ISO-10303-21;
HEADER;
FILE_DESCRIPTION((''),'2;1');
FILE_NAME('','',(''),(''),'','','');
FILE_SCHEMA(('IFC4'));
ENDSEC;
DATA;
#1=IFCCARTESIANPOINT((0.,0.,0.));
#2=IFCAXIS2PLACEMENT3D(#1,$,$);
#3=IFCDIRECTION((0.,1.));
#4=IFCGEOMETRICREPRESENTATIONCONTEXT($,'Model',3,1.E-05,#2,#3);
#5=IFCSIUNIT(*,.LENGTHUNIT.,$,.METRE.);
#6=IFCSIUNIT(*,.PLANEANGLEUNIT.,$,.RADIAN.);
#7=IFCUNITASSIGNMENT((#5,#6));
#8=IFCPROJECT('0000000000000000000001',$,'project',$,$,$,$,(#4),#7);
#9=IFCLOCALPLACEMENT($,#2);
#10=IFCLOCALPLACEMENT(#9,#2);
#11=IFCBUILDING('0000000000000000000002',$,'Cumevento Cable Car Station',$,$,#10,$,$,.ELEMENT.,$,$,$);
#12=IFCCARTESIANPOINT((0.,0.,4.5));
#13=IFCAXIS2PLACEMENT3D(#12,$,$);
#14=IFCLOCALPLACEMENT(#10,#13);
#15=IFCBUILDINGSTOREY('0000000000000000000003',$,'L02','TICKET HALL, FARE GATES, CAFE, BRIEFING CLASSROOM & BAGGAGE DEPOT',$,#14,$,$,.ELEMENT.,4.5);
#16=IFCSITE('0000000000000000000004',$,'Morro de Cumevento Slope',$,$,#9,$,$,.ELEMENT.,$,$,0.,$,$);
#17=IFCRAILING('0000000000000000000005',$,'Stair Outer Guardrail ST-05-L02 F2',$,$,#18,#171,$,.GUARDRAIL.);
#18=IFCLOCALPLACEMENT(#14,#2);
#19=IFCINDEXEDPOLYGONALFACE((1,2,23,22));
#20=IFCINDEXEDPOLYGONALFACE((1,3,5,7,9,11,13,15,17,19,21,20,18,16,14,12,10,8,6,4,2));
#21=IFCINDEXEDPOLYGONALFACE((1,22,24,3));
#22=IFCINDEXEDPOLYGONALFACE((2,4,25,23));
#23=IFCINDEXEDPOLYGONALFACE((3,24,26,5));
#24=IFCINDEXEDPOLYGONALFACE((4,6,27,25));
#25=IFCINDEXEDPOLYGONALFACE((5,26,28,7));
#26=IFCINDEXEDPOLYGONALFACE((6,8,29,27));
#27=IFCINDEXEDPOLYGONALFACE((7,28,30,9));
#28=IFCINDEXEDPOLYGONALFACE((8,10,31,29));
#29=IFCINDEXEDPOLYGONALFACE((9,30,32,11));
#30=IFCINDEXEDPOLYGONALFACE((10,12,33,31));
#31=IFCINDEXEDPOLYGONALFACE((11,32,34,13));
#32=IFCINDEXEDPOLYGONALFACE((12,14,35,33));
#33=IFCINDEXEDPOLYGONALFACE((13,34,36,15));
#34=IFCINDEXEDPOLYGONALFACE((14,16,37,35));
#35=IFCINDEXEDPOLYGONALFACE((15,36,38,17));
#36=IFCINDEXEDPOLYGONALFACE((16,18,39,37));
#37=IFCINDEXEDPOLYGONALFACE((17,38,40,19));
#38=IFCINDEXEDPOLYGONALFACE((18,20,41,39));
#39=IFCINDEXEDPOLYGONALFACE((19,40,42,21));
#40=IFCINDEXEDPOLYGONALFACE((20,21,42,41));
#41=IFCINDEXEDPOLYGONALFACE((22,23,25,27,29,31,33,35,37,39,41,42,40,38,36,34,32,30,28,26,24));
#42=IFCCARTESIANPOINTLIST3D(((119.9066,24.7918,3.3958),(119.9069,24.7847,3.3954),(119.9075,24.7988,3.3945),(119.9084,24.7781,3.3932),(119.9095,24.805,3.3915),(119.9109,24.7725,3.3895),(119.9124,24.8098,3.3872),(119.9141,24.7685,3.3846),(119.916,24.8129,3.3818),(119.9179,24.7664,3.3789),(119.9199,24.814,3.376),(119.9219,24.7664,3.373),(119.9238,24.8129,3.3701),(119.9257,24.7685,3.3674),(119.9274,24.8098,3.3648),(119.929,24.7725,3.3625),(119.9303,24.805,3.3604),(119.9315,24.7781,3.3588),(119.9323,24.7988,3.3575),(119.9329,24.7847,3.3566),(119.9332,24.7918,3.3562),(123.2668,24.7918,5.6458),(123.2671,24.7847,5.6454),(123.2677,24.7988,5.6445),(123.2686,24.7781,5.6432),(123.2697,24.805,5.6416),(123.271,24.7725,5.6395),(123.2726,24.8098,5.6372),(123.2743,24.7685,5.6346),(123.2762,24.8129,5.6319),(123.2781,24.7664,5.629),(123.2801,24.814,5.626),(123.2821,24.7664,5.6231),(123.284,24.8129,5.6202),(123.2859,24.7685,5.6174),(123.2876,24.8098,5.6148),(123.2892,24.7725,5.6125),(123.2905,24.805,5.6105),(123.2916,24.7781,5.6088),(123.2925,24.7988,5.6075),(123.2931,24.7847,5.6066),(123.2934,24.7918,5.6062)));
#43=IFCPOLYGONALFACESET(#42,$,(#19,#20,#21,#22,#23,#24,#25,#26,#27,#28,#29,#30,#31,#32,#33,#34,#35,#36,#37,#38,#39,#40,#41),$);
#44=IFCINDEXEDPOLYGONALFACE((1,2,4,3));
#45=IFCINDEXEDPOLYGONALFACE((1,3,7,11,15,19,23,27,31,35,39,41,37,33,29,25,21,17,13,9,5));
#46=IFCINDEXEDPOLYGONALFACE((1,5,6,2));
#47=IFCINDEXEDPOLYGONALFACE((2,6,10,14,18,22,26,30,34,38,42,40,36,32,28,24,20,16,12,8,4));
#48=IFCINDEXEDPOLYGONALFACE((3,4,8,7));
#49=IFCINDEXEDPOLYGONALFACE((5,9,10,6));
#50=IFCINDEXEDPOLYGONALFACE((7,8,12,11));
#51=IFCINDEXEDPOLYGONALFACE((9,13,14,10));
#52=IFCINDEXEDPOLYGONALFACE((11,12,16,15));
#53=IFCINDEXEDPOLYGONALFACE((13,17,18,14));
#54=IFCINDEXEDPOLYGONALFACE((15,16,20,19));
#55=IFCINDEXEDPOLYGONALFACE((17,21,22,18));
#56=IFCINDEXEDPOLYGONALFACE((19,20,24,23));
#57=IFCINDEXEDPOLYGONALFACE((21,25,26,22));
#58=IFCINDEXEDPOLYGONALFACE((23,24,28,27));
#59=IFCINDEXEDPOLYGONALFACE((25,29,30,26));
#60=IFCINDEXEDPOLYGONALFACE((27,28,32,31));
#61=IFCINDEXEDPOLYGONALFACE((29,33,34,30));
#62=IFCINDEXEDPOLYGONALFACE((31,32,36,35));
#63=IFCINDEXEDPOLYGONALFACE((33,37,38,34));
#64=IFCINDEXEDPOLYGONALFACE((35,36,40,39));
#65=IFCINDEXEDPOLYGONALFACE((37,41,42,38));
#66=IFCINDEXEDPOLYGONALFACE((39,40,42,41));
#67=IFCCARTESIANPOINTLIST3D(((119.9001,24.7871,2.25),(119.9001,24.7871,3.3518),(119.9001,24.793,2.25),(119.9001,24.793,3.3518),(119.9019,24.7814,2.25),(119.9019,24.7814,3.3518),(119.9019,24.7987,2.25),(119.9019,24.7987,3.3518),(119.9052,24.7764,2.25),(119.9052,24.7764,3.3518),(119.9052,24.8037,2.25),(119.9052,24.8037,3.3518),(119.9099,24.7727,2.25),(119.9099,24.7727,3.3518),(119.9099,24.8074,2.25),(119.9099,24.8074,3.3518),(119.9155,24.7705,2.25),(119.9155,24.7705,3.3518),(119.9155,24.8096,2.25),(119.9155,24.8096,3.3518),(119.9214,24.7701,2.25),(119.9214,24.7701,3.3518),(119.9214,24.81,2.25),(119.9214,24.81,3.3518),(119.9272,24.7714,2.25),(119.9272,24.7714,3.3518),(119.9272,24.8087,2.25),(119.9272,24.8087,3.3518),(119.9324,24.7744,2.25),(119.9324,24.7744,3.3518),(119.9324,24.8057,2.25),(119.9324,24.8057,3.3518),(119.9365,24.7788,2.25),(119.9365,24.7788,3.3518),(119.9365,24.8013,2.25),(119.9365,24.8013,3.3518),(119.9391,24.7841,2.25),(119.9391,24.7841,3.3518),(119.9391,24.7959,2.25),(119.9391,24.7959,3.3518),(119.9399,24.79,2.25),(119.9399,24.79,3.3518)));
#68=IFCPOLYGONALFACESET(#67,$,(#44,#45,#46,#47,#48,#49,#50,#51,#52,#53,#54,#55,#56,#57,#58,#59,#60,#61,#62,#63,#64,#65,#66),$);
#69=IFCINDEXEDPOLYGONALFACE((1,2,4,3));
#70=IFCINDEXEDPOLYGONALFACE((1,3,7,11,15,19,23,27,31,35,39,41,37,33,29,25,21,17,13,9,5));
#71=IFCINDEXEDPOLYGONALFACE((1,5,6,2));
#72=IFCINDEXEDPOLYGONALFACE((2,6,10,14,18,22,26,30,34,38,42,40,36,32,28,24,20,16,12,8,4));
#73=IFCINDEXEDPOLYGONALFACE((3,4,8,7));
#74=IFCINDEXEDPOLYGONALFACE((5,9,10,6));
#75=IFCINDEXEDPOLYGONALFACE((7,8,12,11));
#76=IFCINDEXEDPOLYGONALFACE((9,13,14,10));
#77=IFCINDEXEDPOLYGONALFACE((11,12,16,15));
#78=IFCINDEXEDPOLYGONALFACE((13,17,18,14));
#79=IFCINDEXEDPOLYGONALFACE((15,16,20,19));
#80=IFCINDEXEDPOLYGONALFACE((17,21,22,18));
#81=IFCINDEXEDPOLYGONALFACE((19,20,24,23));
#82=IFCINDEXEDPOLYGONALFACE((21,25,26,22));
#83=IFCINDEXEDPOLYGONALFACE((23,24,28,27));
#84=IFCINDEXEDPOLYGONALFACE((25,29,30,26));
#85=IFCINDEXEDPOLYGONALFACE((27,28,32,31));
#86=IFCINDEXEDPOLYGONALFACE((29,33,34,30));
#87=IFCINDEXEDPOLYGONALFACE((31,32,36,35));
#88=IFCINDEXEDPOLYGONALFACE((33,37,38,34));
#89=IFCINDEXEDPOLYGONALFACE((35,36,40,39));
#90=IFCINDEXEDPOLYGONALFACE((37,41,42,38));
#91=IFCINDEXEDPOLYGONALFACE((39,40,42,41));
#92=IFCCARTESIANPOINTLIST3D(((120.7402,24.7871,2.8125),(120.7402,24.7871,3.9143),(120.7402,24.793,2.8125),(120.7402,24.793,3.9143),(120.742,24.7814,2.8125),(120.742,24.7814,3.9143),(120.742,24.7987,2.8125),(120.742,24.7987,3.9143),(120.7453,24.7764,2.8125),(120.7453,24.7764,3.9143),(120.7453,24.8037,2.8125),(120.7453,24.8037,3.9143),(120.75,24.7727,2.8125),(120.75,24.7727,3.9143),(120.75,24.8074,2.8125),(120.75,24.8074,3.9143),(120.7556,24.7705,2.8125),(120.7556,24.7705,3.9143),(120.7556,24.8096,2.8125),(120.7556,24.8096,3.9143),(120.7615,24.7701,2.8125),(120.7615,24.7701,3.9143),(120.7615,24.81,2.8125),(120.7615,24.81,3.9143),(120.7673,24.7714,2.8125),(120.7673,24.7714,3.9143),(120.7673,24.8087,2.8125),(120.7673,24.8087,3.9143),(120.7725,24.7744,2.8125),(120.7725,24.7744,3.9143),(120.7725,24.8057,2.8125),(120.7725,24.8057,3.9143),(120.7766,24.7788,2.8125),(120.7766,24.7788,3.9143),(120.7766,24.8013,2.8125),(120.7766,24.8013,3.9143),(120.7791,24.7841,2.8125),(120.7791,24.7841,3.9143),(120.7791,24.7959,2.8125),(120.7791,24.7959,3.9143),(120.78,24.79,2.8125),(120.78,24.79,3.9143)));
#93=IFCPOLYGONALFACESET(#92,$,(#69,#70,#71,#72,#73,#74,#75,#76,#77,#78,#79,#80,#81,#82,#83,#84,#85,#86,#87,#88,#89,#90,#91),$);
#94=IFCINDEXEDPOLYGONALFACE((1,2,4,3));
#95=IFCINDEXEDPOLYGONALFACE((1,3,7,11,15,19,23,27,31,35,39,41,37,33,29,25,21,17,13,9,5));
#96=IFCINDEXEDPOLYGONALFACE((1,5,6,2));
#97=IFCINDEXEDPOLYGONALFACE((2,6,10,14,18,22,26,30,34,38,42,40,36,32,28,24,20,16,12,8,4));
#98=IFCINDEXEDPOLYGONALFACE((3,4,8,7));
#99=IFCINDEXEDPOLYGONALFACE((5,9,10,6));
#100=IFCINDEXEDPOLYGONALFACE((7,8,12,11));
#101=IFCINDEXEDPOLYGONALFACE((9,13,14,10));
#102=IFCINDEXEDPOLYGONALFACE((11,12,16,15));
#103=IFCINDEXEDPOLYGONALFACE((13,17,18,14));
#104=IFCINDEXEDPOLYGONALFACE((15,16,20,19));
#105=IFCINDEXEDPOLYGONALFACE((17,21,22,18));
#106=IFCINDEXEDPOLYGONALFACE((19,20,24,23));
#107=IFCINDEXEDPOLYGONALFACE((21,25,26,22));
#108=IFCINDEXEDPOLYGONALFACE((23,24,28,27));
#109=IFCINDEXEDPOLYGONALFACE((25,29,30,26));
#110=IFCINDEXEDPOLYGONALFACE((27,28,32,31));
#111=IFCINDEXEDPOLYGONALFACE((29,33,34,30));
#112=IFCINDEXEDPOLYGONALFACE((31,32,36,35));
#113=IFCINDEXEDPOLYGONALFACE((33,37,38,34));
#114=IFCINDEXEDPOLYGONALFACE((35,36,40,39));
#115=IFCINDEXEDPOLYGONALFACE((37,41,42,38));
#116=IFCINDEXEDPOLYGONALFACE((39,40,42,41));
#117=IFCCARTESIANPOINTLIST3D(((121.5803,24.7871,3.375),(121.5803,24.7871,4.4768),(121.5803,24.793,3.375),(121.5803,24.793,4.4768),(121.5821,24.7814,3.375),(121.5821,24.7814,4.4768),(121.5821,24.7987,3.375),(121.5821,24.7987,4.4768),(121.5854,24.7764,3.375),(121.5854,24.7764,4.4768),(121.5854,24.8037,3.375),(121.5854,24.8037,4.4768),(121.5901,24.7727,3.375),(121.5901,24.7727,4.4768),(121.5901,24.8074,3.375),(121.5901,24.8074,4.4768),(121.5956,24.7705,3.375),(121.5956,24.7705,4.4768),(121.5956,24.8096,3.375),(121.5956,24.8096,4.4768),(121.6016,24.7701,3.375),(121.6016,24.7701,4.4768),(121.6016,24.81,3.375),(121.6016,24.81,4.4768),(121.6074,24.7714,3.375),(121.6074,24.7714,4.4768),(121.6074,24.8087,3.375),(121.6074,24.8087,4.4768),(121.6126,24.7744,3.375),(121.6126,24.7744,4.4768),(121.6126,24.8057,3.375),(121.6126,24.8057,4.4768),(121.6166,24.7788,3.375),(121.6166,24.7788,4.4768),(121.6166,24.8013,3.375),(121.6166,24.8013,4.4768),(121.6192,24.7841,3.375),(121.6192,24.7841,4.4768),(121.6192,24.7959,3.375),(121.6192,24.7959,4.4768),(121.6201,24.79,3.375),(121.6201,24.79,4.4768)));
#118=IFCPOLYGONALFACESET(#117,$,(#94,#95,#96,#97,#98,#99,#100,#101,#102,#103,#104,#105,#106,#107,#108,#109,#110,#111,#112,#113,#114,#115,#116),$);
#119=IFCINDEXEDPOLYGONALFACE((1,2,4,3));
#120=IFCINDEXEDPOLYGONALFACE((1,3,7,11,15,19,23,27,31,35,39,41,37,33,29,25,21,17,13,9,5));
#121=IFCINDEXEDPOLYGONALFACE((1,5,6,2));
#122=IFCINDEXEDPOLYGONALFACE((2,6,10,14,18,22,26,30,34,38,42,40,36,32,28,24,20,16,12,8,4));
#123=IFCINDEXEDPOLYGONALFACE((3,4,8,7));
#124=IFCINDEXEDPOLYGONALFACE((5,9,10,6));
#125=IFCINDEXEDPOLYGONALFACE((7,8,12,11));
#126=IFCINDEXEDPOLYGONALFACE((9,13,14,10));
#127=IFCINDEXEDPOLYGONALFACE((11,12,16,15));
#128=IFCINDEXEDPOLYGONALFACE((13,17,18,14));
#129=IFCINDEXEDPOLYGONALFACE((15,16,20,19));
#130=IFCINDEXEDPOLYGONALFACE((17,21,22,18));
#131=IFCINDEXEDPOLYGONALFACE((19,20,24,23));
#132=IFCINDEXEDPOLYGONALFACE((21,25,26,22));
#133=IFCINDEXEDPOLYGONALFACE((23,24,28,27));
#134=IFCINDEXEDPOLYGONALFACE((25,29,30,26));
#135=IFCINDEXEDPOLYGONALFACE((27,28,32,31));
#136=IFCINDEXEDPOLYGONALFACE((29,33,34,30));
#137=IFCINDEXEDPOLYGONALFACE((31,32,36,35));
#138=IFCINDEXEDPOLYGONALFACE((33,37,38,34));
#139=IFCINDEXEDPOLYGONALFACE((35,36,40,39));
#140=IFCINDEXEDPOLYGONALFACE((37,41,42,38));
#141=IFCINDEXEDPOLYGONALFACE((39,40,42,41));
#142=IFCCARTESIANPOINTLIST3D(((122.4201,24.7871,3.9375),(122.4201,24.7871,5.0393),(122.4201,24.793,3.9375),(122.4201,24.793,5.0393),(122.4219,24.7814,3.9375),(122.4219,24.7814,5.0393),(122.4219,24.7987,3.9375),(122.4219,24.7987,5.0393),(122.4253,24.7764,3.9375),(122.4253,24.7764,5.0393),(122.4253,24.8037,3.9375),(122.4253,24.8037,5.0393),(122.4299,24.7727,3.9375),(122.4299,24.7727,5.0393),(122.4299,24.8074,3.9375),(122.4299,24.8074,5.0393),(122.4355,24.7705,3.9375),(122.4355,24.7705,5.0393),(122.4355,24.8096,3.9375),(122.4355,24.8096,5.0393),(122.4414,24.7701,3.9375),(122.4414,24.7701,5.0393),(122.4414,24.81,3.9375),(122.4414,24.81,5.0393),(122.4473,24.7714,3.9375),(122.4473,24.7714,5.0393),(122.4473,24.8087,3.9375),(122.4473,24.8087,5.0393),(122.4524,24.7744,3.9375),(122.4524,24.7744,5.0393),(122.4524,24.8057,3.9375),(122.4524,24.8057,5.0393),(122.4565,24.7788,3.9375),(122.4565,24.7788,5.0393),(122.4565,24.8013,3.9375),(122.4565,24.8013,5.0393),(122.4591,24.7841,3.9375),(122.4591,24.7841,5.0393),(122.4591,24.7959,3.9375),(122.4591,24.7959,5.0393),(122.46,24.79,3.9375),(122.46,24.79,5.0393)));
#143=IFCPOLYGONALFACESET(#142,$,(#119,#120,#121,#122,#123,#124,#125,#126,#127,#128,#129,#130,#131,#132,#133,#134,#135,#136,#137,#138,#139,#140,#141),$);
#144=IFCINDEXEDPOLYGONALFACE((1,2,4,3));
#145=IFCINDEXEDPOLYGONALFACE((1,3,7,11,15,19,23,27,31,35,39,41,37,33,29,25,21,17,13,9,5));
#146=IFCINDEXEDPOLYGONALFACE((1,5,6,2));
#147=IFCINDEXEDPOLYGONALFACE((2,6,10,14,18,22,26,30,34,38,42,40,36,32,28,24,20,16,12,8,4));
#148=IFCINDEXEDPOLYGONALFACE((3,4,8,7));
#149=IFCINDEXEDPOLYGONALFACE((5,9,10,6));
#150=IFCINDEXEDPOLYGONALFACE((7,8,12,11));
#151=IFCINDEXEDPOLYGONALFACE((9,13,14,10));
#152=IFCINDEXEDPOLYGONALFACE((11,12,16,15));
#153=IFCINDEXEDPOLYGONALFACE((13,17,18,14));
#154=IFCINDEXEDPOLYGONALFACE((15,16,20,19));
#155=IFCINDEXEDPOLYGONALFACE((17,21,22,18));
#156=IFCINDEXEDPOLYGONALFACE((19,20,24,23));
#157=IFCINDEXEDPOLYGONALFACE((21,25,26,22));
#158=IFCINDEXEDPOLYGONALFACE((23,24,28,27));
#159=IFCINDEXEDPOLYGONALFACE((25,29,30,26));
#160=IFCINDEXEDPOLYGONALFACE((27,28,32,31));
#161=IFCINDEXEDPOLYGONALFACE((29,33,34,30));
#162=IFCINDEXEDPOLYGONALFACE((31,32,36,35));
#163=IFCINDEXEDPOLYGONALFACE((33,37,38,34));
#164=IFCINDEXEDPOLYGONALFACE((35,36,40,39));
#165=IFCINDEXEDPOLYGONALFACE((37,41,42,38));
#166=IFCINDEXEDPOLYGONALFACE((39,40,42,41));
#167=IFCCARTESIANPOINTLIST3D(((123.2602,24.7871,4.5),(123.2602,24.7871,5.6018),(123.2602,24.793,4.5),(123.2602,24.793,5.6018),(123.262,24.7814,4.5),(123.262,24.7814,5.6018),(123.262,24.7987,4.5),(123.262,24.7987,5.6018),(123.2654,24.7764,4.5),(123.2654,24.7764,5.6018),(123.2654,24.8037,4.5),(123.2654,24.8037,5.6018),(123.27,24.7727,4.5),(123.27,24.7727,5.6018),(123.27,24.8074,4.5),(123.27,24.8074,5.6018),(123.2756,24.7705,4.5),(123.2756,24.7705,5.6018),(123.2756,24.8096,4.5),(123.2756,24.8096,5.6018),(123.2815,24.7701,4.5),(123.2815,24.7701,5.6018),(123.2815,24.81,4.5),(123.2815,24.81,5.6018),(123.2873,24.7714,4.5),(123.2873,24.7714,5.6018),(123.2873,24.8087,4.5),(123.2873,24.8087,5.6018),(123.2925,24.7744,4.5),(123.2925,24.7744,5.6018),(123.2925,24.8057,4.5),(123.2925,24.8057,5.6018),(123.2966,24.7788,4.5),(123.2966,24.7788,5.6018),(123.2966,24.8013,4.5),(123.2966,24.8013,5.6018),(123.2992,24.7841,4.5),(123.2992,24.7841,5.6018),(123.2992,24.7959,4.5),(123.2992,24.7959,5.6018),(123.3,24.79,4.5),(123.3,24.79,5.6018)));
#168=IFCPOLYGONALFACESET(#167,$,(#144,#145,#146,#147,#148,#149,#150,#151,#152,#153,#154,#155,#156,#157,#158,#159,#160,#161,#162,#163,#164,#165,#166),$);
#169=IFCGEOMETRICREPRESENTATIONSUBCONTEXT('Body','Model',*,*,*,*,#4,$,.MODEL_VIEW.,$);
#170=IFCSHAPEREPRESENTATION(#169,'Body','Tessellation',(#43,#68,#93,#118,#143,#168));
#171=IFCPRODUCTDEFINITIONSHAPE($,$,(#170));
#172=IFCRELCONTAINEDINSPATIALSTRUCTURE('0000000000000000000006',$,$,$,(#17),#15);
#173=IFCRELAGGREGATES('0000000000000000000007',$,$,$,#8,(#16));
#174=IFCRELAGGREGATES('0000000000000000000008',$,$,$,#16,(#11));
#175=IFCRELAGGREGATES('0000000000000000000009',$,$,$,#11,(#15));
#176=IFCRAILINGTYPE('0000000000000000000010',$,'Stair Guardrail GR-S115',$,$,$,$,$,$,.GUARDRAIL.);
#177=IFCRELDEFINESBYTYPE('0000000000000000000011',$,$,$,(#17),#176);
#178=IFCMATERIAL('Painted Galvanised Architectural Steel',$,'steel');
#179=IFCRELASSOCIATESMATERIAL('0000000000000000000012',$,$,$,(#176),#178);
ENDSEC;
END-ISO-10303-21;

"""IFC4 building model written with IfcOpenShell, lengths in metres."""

from ifc_helpers import new_model, si_unit, direction, frame, origin, origin_2d, place, context, subcontext, project, spatial, circle, extrude, material, type_object, element, save


model = new_model("IFC4")

# Units and contexts
model_context = context("Model", 3, precision=1e-05, world=origin(), true_north=direction((0.0, 1.0)))
body_context = subcontext(model_context, "Body", "Model", "MODEL_VIEW")
ifc_project = project(units=[si_unit("LENGTHUNIT", "METRE"), si_unit("PLANEANGLEUNIT", "RADIAN")], contexts=[model_context])

# Site, building, storey
site_placement = place(None, origin())
site = spatial("IfcSite", under=ifc_project, at=site_placement, Name="Morro de Cumevento Slope", CompositionType="ELEMENT", RefElevation=0.0)
building_placement = place(site_placement, origin())
building = spatial("IfcBuilding", under=site, at=building_placement, Name="Cumevento Cable Car Station", CompositionType="ELEMENT")
storey_placement = place(building_placement, frame((0.0, 0.0, 4.5)))
storey = spatial("IfcBuildingStorey", under=building, at=storey_placement, Name="L02", Description="TICKET HALL, FARE GATES, CAFE, BRIEFING CLASSROOM & BAGGAGE DEPOT", CompositionType="ELEMENT", Elevation=4.5)

# Railing
ifc_material_1 = material(Name="Painted Galvanised Architectural Steel", Category="steel")
railing_type_1 = type_object("IfcRailingType", Name="Stair Guardrail GR-S115", PredefinedType="GUARDRAIL", material=ifc_material_1)
railing_1_placement = place(storey_placement, frame((119.9199, 24.79, 2.25)))
element("IfcRailing", 1, at=railing_1_placement, inside=storey, type_object=railing_type_1, Name="Stair Outer Guardrail ST-05-L02 F2", PredefinedType="GUARDRAIL", context=body_context, shape_type="SweptSolid", body=[
    extrude(circle(Radius=0.0239, at=origin_2d()), frame((0.0, 0.0, 1.126), z_axis=(0.830915, 0.0, 0.556399), x_axis=(0.0, 1.0, 0.0)), (0.0, 0.0, 1.0), 4.0439),
    extrude(circle(Radius=0.02, at=origin_2d()), origin(), (0.0, 0.0, 1.0), 1.1018),
    extrude(circle(Radius=0.02, at=origin_2d()), frame((0.8401, 0.0, 0.5625)), (0.0, 0.0, 1.0), 1.1018),
    extrude(circle(Radius=0.02, at=origin_2d()), frame((1.6802, 0.0, 1.125)), (0.0, 0.0, 1.0), 1.1018),
    extrude(circle(Radius=0.02, at=origin_2d()), frame((2.52, 0.0, 1.6875)), (0.0, 0.0, 1.0), 1.1018),
    extrude(circle(Radius=0.02, at=origin_2d()), frame((3.3601, 0.0, 2.25)), (0.0, 0.0, 1.0), 1.1018),
])

save(model, "model.ifc")
